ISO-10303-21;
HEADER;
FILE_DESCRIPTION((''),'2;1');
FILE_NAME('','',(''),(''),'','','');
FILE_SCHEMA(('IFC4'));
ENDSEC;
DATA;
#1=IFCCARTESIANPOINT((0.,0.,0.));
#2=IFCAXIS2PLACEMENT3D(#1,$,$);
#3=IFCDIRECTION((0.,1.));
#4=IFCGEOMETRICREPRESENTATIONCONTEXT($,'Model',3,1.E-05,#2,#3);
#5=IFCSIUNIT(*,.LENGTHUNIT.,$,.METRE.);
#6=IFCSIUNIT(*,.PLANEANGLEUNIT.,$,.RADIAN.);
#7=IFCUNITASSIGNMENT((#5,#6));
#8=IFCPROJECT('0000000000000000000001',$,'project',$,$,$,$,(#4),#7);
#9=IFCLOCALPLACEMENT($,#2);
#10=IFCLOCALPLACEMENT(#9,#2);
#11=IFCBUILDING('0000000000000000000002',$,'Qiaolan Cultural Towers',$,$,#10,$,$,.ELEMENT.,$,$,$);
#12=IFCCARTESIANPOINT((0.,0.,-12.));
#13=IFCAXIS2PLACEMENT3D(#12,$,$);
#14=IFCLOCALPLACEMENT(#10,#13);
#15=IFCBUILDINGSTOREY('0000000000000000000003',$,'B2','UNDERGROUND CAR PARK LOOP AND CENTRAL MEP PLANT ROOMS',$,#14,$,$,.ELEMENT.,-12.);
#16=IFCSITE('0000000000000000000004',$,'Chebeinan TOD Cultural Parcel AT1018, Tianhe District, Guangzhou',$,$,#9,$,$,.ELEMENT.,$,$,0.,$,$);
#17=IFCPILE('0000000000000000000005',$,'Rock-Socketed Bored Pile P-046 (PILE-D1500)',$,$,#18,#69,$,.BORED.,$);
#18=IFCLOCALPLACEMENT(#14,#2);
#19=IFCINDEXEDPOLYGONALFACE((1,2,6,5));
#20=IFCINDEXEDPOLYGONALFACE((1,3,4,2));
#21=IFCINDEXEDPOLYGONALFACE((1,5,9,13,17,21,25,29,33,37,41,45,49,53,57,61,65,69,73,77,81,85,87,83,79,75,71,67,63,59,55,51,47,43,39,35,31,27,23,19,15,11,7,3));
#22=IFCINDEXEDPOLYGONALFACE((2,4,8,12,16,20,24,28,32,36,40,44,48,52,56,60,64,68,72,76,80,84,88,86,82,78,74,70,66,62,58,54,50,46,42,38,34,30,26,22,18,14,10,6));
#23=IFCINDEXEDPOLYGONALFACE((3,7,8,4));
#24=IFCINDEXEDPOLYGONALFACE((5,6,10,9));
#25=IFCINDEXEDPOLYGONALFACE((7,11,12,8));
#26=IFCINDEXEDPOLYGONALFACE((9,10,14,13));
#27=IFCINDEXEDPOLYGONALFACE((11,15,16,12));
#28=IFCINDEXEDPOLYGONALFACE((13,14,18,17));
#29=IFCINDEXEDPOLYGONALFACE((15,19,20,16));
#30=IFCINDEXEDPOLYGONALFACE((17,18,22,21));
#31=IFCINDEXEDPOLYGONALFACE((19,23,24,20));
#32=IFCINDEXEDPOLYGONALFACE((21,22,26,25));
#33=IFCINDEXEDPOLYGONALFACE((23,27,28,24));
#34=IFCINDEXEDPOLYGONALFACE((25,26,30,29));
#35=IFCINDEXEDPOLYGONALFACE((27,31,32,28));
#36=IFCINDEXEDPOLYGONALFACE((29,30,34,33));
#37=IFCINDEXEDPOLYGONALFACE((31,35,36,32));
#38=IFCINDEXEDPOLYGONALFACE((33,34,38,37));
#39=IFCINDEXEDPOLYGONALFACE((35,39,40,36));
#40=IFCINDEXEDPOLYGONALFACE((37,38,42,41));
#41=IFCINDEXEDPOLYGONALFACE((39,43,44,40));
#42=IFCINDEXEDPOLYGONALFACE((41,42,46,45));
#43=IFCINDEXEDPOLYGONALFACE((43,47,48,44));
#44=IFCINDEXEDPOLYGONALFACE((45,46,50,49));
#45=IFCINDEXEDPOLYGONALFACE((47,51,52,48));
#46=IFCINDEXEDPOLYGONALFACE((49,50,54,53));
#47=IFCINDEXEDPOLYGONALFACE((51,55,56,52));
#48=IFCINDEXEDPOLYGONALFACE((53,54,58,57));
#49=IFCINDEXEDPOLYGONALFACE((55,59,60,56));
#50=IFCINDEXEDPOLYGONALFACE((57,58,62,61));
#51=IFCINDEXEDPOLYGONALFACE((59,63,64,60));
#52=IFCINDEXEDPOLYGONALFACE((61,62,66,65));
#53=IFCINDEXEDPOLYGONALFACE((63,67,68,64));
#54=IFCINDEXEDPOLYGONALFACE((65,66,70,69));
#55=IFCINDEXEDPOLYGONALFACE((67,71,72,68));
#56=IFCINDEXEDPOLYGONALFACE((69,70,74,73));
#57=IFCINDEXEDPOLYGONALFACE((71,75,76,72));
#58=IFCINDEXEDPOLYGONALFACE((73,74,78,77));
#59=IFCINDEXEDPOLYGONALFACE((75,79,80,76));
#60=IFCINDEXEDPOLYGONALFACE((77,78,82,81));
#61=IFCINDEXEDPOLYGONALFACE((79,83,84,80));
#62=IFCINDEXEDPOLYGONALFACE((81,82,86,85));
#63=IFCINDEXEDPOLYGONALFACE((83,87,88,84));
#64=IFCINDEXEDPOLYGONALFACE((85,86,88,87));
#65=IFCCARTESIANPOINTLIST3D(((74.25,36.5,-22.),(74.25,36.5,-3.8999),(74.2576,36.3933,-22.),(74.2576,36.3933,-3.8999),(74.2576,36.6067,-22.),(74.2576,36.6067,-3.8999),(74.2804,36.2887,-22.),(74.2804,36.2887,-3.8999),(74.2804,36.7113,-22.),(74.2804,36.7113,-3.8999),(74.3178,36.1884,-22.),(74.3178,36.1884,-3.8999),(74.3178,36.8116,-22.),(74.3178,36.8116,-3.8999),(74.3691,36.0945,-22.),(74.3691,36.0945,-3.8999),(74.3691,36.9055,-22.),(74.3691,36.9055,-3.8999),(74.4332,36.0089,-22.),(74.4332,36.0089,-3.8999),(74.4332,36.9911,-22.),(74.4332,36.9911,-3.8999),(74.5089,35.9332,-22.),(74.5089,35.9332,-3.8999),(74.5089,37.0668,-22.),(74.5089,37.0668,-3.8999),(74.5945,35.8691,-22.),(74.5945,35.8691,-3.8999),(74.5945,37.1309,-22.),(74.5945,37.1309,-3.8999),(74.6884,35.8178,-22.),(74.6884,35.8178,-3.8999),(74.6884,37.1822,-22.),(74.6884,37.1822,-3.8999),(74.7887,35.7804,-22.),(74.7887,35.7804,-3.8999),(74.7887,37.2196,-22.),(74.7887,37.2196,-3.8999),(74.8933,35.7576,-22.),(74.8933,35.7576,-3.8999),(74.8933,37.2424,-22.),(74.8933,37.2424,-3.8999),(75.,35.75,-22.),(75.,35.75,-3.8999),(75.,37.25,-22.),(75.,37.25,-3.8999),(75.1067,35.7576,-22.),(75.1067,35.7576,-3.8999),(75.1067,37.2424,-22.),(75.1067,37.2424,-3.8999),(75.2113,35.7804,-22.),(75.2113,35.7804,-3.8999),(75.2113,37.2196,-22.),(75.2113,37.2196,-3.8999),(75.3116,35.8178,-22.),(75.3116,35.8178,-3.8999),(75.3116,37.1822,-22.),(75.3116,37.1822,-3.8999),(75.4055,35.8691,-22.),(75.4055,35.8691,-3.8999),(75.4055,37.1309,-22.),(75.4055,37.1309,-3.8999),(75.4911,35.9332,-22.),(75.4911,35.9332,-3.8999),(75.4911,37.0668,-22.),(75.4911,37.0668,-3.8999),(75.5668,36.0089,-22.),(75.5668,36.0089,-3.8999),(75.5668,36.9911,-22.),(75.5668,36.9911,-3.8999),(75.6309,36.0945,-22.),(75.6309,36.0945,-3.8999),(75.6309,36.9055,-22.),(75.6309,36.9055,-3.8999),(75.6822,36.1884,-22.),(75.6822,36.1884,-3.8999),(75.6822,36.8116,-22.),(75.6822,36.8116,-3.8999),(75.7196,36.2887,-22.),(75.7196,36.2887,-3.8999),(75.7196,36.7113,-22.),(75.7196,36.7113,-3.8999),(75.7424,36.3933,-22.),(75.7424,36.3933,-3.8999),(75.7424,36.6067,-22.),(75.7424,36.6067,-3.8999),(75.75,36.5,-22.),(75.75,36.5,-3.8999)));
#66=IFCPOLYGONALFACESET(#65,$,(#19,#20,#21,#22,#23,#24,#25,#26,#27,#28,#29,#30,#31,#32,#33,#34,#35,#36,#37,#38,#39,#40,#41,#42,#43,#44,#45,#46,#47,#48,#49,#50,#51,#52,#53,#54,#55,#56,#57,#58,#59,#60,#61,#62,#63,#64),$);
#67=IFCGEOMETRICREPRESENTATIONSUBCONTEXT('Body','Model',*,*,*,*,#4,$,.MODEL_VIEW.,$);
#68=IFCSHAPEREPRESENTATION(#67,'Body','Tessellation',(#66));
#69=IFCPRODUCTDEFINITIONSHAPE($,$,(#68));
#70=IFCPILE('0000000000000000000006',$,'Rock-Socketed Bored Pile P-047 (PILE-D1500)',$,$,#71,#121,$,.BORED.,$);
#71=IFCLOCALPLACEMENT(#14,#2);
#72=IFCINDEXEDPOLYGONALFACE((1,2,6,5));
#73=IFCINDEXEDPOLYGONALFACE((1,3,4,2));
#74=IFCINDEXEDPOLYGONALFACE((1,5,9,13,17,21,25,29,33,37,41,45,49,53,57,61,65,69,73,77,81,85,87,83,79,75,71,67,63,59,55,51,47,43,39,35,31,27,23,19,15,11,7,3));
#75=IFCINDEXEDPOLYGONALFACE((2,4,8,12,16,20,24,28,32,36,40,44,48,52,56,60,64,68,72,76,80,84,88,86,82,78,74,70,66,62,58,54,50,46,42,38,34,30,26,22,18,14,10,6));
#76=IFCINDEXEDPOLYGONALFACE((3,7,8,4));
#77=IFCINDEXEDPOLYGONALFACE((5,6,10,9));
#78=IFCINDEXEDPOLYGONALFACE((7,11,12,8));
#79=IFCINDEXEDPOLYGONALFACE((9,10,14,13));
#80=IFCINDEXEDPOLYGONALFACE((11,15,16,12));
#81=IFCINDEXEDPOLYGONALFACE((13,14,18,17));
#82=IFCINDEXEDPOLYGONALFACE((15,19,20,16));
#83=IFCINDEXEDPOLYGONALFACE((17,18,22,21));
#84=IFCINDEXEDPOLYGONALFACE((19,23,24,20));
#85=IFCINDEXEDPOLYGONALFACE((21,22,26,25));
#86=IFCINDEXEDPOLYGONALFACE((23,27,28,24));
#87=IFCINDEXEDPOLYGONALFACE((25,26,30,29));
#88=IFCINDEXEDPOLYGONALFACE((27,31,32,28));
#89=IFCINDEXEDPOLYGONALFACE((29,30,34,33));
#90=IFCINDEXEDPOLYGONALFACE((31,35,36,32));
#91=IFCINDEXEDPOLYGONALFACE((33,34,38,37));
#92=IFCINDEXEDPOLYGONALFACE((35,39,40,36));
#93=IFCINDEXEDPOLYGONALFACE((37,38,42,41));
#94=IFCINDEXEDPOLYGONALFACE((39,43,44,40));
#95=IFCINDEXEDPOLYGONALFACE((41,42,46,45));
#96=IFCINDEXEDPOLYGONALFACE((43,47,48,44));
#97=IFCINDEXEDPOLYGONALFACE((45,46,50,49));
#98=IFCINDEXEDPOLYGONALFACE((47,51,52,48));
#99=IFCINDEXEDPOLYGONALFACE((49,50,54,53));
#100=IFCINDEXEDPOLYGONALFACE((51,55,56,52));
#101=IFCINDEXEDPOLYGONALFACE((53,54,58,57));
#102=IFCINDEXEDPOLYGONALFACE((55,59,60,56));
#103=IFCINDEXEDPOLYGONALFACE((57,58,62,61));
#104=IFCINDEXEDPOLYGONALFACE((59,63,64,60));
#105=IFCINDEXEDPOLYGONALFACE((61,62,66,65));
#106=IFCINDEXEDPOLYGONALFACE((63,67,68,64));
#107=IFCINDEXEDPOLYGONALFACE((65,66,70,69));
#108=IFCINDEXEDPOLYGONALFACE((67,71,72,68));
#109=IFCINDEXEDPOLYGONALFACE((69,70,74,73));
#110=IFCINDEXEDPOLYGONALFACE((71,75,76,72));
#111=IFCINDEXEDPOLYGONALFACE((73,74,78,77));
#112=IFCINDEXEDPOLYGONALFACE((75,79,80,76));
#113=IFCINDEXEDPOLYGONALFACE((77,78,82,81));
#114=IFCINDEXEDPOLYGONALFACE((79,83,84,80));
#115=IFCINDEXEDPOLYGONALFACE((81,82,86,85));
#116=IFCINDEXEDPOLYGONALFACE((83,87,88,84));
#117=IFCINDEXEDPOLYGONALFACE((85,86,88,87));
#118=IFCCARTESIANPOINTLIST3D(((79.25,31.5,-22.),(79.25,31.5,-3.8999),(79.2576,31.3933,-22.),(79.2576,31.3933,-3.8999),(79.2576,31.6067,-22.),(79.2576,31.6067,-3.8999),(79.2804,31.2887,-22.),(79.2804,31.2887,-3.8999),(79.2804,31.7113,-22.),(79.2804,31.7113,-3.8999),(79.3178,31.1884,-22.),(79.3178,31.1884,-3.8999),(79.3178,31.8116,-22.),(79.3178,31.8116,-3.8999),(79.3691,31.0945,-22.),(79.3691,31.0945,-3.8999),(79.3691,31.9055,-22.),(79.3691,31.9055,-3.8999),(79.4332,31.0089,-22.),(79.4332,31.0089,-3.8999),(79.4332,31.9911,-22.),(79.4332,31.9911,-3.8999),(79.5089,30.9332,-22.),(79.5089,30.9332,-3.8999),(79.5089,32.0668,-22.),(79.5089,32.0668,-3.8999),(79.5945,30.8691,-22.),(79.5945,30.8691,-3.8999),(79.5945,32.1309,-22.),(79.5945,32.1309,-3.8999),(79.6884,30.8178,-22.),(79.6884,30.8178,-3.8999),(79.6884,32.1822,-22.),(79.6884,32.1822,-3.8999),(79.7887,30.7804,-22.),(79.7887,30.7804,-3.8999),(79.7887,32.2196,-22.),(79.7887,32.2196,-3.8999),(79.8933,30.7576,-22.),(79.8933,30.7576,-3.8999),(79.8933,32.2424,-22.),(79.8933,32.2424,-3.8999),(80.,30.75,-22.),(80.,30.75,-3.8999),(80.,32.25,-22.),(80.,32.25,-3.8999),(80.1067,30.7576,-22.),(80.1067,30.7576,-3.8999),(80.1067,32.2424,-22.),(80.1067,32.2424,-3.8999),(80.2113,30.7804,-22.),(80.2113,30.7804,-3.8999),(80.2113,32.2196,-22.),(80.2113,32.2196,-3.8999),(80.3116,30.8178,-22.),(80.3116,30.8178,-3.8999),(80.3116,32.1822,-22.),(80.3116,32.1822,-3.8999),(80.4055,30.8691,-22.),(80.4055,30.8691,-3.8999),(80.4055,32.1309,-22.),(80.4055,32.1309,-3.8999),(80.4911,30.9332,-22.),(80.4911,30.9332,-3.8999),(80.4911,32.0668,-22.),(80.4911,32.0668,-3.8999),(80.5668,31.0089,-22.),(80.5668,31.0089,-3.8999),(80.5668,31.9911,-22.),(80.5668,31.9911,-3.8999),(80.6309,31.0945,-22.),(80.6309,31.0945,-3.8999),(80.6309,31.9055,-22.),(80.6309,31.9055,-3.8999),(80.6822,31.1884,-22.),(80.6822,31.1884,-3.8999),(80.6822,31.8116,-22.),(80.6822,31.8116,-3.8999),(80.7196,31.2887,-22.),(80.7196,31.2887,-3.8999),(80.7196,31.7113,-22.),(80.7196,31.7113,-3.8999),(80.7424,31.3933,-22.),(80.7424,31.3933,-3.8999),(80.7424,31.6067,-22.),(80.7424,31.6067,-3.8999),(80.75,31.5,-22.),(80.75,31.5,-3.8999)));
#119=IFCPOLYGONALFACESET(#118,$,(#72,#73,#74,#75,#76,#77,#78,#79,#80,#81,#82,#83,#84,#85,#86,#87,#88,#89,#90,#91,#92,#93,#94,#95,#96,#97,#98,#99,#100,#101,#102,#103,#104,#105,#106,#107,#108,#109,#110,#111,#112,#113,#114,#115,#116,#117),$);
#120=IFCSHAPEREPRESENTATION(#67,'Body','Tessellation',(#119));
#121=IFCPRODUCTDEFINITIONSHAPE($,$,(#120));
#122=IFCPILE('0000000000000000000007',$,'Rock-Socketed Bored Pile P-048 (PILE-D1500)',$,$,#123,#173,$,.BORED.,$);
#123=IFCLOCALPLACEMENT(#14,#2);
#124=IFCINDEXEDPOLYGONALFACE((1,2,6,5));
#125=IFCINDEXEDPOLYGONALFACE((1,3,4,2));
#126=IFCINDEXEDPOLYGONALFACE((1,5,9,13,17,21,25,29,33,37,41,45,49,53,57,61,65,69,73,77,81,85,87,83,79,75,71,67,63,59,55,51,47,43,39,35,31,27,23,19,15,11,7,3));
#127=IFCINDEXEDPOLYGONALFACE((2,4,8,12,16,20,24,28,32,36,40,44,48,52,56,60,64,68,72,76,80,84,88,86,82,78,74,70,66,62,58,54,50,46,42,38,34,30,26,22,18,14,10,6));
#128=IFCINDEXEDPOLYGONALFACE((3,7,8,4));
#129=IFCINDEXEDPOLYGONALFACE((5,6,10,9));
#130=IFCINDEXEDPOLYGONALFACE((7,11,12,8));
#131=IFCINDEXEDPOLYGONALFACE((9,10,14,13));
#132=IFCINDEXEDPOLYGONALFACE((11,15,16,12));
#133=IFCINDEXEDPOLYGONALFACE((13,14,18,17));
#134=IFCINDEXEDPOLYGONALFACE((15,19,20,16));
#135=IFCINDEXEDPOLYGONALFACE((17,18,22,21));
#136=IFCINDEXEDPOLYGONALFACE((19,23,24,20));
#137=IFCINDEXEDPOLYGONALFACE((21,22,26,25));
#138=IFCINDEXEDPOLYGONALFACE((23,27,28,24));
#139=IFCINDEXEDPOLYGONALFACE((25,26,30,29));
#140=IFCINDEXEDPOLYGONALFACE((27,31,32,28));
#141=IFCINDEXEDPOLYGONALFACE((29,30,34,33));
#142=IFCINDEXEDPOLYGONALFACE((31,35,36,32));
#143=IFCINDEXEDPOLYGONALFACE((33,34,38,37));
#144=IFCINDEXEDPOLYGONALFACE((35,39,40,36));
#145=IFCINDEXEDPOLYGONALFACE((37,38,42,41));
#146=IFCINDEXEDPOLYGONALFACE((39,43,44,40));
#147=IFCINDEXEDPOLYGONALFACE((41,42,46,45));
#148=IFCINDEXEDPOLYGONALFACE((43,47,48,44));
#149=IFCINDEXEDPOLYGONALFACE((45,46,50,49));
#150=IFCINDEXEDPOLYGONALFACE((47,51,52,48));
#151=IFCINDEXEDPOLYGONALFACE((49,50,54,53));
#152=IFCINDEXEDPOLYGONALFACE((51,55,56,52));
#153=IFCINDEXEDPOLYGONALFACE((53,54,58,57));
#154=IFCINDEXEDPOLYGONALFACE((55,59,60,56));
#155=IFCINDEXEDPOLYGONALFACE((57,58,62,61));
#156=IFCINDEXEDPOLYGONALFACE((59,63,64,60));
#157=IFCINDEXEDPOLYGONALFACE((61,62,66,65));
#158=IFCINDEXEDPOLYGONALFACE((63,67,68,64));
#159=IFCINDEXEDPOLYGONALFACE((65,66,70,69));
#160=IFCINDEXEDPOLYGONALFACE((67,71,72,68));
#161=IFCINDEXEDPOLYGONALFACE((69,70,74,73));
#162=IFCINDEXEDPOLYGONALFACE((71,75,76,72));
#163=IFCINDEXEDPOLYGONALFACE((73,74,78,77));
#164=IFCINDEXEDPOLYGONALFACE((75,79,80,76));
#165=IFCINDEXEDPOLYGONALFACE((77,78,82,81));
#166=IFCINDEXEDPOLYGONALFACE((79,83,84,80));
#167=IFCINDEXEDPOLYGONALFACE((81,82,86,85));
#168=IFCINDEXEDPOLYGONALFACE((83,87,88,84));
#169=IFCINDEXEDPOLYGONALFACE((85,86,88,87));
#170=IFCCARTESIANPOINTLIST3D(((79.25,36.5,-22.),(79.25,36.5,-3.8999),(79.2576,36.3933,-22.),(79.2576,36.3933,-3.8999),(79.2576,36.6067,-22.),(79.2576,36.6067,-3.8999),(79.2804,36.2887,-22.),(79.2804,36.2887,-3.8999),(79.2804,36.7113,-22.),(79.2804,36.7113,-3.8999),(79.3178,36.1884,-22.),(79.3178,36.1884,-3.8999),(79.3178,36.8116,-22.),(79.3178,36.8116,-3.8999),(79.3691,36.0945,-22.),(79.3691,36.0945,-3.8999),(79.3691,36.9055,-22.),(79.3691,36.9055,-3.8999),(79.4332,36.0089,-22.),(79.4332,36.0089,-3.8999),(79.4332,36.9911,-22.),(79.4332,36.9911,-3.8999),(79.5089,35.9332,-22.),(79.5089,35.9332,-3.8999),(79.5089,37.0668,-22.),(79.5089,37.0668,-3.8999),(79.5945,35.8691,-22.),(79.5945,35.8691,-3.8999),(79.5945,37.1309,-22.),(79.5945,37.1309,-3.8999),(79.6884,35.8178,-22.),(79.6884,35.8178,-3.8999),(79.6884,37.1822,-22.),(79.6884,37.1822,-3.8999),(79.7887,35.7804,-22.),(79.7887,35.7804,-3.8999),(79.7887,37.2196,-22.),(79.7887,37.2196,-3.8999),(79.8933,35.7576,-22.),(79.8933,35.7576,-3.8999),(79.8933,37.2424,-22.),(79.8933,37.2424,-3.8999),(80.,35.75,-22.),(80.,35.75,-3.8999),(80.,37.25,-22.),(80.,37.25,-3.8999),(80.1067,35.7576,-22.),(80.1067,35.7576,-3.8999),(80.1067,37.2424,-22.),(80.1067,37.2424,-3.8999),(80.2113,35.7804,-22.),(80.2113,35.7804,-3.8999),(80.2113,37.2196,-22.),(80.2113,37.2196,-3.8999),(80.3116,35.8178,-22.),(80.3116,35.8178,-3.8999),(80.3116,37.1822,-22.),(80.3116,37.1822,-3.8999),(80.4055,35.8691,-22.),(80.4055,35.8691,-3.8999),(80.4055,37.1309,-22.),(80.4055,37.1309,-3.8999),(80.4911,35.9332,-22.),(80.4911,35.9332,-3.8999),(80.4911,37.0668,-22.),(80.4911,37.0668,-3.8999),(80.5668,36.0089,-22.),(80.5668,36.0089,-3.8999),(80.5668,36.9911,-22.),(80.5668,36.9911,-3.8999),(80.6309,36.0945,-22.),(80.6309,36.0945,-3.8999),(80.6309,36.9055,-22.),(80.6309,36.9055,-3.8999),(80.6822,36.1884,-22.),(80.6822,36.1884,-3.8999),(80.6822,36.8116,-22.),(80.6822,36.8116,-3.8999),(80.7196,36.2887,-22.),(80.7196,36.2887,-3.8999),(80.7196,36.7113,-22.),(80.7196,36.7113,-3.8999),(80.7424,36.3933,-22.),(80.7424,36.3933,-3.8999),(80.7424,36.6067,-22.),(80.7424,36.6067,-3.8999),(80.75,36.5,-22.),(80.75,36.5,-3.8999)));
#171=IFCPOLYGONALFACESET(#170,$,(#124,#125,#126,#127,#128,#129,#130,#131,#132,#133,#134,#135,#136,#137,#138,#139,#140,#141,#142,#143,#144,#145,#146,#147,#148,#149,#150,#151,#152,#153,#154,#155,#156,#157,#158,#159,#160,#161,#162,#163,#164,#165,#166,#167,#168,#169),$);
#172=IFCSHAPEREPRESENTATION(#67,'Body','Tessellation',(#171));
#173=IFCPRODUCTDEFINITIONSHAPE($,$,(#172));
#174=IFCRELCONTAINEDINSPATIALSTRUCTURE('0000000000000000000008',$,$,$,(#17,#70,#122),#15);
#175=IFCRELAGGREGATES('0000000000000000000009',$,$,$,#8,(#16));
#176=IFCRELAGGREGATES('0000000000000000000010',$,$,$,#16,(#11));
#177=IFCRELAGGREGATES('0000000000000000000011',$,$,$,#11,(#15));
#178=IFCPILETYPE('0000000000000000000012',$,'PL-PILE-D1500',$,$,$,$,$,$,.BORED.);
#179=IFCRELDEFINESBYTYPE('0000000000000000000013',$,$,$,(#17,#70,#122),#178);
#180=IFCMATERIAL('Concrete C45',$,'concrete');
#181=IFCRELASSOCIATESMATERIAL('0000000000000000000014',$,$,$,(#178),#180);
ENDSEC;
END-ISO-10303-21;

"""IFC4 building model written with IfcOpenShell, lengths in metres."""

from ifc_helpers import new_model, si_unit, direction, frame, origin, origin_2d, place, context, subcontext, project, spatial, circle, extrude, material, material_profile, profile_set, type_object, element, save


model = new_model("IFC4")

# Units and contexts
model_context = context("Model", 3, precision=1e-05, world=origin(), true_north=direction((0.0, 1.0)))
body_context = subcontext(model_context, "Body", "Model", "MODEL_VIEW")
ifc_project = project(units=[si_unit("LENGTHUNIT", "METRE"), si_unit("PLANEANGLEUNIT", "RADIAN")], contexts=[model_context])

# Site, building, storey
site_placement = place(None, origin())
site = spatial("IfcSite", under=ifc_project, at=site_placement, Name="Chebeinan TOD Cultural Parcel AT1018, Tianhe District, Guangzhou", CompositionType="ELEMENT", RefElevation=0.0)
building_placement = place(site_placement, origin())
building = spatial("IfcBuilding", under=site, at=building_placement, Name="Qiaolan Cultural Towers", CompositionType="ELEMENT")
storey_placement = place(building_placement, frame((0.0, 0.0, -12.0)))
storey = spatial("IfcBuildingStorey", under=building, at=storey_placement, Name="B2", Description="UNDERGROUND CAR PARK LOOP AND CENTRAL MEP PLANT ROOMS", CompositionType="ELEMENT", Elevation=-12.0)

# Piles
ifc_material_1 = material(Name="Concrete C45", Category="concrete")
ifc_material_profile_1 = material_profile(ifc_material_1, circle(Radius=0.75, at=origin_2d()), Name="PILE-D1500")
ifc_profile_set_1 = profile_set([ifc_material_profile_1], Name="Concrete C45")
pile_type_1 = type_object("IfcPileType", Name="PL-PILE-D1500", PredefinedType="BORED", material=ifc_profile_set_1)
for number, where, z_axis, x_axis, name in (
    (1, (75.0, 36.5, -3.8999), (0.0, 0.0, -1.0), (1.0, 0.0, 0.0), "Rock-Socketed Bored Pile P-046 (PILE-D1500)"),
    (2, (80.0, 31.5, -3.8999), (0.0, 0.0, -1.0), (1.0, 0.0, 0.0), "Rock-Socketed Bored Pile P-047 (PILE-D1500)"),
    (3, (80.0, 36.5, -3.8999), (0.0, 0.0, -1.0), (1.0, 0.0, 0.0), "Rock-Socketed Bored Pile P-048 (PILE-D1500)"),
):
    element("IfcPile", number, at=place(storey_placement, frame(where, z_axis=z_axis, x_axis=x_axis)), inside=storey, type_object=pile_type_1, Name=name, PredefinedType="BORED", context=body_context, shape_type="SweptSolid", body=[
        extrude(circle(Radius=0.75, at=origin_2d()), origin(), (0.0, 0.0, 1.0), 18.1001),
    ])

save(model, "model.ifc")
